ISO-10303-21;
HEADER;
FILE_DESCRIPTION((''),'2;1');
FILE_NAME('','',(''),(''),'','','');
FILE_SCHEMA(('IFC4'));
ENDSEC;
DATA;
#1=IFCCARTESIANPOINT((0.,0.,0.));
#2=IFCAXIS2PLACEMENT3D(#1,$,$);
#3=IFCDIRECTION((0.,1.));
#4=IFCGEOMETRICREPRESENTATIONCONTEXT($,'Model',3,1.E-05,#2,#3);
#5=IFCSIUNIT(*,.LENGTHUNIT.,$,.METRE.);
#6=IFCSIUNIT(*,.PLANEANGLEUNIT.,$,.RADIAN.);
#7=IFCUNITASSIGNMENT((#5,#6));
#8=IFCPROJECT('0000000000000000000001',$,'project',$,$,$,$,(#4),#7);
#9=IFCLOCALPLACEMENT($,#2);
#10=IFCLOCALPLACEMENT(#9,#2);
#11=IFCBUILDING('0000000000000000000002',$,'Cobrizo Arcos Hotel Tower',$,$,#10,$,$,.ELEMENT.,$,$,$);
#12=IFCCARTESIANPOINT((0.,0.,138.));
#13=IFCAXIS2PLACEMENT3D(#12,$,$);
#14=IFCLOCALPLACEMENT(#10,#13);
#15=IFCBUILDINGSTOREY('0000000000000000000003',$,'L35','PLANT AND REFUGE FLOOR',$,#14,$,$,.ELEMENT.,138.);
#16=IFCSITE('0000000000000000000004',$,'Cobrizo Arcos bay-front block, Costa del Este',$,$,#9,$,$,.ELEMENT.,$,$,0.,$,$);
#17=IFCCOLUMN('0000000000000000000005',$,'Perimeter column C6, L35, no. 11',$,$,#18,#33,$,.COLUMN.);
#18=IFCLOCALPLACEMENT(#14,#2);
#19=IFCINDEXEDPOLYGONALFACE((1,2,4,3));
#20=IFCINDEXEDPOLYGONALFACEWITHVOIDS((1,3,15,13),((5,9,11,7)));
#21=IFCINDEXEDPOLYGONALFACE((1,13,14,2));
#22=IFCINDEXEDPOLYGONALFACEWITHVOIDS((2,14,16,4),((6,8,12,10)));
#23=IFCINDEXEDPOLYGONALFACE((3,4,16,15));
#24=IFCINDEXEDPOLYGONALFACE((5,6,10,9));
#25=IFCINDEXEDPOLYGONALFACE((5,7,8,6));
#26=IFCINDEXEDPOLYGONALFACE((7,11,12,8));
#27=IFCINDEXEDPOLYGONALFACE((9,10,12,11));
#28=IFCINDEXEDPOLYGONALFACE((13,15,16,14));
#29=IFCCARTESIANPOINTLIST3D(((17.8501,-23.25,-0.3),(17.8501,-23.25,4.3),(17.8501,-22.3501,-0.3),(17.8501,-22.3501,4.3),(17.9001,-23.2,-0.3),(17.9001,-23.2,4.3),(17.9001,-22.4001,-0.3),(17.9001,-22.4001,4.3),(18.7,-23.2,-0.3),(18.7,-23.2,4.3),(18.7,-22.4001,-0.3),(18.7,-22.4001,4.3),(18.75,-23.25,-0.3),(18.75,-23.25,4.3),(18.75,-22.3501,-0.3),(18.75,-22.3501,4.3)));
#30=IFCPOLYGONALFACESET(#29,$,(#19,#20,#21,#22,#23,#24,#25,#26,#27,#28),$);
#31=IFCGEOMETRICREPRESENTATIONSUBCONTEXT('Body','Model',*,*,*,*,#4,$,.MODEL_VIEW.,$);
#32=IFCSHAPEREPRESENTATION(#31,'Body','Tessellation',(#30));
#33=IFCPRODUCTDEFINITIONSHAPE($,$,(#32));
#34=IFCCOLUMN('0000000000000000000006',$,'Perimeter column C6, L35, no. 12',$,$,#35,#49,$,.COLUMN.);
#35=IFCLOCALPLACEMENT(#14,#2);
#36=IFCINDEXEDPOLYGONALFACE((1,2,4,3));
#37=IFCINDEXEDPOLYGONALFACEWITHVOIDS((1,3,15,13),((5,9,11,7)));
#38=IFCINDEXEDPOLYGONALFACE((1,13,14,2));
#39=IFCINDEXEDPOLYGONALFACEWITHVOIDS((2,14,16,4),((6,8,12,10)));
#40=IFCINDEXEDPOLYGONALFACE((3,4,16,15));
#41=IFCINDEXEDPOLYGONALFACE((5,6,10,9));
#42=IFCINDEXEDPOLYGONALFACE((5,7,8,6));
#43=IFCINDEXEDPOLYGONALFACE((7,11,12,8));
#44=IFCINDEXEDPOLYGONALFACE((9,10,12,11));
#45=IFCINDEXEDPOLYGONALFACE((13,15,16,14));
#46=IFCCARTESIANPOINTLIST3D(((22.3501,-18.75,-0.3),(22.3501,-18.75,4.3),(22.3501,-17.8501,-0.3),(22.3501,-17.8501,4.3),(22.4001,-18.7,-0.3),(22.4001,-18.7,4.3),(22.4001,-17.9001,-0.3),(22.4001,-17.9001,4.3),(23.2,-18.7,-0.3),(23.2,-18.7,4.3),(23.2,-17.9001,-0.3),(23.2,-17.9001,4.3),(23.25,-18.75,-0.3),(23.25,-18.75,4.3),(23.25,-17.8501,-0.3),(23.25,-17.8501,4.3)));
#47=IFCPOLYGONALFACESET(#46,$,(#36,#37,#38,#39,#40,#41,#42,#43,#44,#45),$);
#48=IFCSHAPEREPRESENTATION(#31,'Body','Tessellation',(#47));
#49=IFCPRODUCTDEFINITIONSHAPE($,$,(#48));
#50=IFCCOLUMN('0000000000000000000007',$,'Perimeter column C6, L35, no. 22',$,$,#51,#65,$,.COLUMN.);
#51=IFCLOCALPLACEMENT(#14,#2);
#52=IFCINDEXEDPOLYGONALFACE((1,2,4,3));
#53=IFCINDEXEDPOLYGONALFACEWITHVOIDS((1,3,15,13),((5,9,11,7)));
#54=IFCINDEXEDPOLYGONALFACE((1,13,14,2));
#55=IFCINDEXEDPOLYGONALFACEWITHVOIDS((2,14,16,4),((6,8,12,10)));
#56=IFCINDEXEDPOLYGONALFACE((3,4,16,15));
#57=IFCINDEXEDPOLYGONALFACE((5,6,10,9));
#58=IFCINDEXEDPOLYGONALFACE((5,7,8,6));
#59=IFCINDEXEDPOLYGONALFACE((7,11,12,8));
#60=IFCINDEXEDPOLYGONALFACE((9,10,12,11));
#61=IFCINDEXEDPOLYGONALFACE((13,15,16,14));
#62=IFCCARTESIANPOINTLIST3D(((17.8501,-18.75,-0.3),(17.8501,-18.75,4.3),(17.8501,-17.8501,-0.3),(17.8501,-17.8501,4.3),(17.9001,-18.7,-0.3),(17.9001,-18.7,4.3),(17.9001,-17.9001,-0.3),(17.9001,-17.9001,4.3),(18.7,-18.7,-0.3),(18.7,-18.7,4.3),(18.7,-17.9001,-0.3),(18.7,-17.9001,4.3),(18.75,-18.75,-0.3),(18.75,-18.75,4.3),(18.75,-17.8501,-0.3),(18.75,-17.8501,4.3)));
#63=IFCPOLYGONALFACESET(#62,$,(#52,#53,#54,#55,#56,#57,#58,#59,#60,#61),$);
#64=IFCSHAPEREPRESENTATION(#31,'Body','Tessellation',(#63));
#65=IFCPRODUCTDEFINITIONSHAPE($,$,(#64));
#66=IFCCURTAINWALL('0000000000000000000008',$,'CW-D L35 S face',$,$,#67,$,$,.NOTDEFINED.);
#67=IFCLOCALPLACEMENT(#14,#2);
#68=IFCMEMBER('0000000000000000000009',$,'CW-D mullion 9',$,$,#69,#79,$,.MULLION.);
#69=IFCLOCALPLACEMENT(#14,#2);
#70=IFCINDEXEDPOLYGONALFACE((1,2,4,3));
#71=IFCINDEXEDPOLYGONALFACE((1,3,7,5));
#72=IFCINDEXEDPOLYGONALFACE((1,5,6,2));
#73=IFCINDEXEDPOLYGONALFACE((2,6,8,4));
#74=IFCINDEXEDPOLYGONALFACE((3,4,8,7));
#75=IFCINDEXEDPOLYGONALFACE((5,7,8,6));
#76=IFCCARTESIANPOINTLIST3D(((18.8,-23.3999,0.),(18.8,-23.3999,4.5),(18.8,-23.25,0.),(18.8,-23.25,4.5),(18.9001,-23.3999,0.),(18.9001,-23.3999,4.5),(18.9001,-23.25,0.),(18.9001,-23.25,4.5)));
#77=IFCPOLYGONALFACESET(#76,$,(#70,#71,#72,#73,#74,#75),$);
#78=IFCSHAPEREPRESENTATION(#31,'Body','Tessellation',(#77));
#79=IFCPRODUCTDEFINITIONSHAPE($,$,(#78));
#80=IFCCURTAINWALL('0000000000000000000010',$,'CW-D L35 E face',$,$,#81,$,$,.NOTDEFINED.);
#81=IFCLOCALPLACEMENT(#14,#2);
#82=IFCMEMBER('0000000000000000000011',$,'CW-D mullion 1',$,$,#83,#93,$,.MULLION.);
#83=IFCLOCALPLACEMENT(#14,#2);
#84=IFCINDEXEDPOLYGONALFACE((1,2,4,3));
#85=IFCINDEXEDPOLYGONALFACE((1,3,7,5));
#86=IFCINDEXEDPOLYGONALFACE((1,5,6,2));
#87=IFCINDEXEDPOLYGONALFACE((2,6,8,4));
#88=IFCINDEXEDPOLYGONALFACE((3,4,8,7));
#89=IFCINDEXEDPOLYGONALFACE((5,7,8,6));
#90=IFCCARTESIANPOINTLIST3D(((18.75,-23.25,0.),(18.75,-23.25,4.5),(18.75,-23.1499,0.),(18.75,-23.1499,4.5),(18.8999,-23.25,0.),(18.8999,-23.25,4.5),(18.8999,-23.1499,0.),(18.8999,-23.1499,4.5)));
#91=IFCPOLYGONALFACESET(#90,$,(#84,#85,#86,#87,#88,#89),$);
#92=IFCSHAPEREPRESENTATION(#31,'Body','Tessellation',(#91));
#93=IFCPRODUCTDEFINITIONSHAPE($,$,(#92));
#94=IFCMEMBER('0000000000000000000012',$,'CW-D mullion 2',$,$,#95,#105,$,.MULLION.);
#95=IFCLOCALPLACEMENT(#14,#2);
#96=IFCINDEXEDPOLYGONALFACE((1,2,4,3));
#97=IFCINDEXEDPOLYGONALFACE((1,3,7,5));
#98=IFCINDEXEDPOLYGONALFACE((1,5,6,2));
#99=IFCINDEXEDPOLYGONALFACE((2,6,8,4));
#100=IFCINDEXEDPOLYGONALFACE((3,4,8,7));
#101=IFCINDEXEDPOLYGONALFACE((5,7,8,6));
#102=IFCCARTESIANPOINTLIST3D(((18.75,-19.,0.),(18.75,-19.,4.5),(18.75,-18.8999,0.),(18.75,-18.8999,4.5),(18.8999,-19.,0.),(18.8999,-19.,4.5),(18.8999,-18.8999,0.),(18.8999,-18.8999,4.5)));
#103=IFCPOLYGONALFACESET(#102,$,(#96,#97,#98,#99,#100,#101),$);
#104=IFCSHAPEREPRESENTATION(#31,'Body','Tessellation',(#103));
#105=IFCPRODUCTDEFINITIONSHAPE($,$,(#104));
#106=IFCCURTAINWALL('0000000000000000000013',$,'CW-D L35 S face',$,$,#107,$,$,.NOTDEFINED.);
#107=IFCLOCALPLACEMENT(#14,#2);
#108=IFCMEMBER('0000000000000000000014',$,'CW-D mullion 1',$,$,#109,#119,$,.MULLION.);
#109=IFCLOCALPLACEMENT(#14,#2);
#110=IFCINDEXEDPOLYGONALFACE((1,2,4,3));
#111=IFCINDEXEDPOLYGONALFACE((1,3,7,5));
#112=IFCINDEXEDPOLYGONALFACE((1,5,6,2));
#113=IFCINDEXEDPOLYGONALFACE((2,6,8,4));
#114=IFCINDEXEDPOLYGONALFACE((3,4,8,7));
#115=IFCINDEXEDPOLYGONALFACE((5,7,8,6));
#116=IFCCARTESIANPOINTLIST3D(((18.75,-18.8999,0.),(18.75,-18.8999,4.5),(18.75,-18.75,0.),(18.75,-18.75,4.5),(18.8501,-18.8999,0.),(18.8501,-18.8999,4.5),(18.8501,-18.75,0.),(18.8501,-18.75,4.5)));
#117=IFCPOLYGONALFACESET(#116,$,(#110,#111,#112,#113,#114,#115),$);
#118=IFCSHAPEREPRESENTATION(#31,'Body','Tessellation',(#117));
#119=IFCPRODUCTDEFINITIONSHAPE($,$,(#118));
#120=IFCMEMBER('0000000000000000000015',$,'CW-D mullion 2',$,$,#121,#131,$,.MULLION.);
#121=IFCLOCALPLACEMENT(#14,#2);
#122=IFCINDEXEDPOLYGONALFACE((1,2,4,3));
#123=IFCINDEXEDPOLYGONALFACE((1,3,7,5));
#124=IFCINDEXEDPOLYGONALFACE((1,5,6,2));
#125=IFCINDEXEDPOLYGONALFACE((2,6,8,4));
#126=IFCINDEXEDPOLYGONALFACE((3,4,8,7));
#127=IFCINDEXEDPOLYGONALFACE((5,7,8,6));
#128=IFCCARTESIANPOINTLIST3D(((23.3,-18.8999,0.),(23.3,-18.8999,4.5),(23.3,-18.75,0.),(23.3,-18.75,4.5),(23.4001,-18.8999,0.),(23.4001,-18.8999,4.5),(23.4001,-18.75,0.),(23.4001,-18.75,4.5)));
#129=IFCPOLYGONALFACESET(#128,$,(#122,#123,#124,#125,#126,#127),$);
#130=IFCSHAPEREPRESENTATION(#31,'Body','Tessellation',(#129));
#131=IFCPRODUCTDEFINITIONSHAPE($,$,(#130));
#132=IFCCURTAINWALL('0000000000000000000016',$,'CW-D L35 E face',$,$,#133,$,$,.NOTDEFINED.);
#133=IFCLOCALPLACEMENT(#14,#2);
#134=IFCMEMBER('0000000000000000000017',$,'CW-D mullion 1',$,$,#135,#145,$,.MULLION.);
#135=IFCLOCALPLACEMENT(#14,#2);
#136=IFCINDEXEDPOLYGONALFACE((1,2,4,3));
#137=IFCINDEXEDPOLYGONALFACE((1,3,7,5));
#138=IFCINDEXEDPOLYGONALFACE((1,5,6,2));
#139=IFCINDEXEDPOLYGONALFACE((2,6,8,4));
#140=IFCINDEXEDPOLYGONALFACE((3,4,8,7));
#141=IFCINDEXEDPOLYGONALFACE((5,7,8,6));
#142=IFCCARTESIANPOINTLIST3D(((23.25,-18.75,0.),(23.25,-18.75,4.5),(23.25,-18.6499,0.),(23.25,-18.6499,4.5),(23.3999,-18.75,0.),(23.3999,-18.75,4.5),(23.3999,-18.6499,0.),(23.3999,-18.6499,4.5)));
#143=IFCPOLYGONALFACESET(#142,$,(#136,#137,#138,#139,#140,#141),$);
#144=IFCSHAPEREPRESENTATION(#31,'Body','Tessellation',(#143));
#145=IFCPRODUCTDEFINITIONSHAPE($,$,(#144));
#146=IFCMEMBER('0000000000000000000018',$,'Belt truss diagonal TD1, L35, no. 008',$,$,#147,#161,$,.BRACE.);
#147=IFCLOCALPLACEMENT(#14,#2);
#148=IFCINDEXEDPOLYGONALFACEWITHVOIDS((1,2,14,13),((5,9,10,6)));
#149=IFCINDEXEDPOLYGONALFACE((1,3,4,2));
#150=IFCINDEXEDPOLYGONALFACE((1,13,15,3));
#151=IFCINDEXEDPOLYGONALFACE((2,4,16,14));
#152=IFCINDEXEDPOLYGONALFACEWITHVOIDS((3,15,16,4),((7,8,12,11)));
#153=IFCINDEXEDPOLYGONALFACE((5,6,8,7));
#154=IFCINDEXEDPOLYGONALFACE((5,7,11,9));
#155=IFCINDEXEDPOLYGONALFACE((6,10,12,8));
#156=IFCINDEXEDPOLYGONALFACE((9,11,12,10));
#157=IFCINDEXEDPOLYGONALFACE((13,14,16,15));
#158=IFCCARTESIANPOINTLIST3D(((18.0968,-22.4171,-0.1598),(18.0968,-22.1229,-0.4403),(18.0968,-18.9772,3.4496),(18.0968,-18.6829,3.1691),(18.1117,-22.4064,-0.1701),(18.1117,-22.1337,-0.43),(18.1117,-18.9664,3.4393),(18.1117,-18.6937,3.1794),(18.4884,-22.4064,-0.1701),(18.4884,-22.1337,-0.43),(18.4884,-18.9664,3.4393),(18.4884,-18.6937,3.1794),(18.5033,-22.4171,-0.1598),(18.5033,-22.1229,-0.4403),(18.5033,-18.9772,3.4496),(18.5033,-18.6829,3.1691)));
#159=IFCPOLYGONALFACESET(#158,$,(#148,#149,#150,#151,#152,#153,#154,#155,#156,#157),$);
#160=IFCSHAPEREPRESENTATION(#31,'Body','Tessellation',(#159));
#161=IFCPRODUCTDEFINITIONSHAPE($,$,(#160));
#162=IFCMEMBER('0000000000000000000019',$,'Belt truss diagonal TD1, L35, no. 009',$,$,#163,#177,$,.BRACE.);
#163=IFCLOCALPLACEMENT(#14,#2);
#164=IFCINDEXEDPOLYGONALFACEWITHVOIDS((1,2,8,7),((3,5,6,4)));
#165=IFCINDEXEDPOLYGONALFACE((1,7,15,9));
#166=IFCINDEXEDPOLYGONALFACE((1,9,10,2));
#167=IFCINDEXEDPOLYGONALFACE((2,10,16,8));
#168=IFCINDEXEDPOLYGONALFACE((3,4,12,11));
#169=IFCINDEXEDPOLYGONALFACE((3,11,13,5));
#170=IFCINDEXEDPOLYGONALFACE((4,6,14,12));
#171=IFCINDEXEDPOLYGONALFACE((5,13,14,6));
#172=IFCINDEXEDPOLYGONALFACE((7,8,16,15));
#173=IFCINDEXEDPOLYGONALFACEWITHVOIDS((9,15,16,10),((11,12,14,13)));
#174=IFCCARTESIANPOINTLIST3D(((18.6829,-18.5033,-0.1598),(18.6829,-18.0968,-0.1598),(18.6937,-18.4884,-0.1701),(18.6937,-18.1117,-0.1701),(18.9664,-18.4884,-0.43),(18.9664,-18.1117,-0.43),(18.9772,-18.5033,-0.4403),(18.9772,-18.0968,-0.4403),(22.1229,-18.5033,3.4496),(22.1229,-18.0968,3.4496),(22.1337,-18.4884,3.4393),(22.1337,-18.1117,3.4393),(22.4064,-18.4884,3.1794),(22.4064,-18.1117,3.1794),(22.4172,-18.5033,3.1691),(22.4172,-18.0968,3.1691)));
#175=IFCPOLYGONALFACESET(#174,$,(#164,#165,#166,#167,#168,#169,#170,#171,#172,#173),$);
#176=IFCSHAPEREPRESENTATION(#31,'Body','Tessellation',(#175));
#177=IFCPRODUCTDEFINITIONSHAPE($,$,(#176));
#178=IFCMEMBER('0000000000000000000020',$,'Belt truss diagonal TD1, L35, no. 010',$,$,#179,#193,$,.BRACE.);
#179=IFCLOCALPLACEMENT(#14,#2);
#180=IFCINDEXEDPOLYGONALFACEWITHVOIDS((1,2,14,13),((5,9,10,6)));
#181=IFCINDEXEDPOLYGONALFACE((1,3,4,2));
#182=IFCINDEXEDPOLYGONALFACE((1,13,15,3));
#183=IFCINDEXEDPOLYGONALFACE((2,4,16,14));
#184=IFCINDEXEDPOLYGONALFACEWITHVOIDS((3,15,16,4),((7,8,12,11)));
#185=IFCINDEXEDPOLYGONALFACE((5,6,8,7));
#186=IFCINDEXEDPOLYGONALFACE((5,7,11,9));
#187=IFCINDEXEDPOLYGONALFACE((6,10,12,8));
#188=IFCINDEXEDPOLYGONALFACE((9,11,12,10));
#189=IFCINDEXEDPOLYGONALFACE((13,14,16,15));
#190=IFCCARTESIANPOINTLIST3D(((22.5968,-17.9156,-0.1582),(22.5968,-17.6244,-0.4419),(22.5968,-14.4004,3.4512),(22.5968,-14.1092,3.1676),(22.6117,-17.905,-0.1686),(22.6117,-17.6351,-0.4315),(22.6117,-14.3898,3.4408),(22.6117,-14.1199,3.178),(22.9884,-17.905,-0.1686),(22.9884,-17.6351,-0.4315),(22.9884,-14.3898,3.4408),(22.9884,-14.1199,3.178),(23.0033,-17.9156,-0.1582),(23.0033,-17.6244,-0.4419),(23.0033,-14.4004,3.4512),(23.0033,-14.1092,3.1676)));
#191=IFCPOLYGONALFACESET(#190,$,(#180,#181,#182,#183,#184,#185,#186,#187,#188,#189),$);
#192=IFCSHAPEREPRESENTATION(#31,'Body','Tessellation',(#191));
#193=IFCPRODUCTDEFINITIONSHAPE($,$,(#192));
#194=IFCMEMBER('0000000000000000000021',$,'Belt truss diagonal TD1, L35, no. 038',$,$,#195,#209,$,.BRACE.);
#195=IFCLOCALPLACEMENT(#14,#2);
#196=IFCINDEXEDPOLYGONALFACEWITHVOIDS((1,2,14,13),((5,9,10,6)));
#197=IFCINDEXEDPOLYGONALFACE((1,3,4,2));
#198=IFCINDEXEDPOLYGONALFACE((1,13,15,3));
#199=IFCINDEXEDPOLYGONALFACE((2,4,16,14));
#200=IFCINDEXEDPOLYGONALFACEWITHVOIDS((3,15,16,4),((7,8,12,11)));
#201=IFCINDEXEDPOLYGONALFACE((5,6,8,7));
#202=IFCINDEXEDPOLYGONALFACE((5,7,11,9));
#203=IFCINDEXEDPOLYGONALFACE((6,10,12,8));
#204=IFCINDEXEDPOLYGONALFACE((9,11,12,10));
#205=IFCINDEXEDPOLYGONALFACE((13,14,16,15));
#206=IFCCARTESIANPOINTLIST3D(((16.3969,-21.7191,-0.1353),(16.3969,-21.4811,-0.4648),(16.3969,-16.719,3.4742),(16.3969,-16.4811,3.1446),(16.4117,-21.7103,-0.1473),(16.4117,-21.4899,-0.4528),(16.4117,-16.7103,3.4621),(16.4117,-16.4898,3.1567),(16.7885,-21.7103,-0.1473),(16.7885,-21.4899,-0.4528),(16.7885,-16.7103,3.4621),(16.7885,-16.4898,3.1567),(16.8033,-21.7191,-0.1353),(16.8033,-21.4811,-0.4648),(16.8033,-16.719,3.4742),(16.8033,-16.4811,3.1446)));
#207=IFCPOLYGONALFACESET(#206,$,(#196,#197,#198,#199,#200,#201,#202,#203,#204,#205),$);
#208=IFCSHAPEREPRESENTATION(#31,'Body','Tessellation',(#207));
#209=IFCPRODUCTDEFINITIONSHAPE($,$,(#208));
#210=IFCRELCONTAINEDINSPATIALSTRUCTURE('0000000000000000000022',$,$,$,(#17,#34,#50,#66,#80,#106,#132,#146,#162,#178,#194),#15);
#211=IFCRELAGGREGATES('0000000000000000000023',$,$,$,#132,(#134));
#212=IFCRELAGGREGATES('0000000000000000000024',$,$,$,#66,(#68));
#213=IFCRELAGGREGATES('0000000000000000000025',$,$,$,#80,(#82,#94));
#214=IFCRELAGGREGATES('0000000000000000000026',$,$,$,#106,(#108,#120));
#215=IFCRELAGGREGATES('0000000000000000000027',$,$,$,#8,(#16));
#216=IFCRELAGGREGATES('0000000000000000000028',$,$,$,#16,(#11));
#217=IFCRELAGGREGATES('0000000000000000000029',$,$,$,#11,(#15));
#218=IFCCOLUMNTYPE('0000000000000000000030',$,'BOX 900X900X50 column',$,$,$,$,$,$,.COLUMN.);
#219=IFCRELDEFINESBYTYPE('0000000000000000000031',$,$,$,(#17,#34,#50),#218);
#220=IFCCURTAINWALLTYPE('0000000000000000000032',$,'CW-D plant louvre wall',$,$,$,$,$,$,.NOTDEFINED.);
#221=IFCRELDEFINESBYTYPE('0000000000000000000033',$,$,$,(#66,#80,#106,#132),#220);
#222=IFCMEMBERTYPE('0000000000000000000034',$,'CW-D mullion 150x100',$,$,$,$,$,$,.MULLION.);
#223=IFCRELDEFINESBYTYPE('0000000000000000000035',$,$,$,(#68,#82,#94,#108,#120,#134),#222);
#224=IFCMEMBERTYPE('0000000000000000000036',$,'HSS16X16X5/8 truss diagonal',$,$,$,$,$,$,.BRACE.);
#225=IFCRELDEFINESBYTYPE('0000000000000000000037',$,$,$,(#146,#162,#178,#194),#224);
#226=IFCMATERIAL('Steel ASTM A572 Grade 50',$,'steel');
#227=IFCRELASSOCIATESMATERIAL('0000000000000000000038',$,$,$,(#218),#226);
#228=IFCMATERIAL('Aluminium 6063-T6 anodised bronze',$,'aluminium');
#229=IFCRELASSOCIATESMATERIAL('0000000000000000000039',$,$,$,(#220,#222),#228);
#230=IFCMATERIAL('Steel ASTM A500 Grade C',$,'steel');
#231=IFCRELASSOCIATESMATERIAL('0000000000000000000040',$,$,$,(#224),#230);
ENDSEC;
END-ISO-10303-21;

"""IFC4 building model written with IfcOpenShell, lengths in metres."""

from ifc_helpers import new_model, si_unit, direction, frame, origin, origin_2d, place, context, subcontext, project, spatial, rectangle, hollow_rectangle, extrude, material, material_profile, profile_set, type_object, element, aggregate, save


model = new_model("IFC4")

# Units and contexts
model_context = context("Model", 3, precision=1e-05, world=origin(), true_north=direction((0.0, 1.0)))
body_context = subcontext(model_context, "Body", "Model", "MODEL_VIEW")
ifc_project = project(units=[si_unit("LENGTHUNIT", "METRE"), si_unit("PLANEANGLEUNIT", "RADIAN")], contexts=[model_context])

# Site, building, storey
site_placement = place(None, origin())
site = spatial("IfcSite", under=ifc_project, at=site_placement, Name="Cobrizo Arcos bay-front block, Costa del Este", CompositionType="ELEMENT", RefElevation=0.0)
building_placement = place(site_placement, origin())
building = spatial("IfcBuilding", under=site, at=building_placement, Name="Cobrizo Arcos Hotel Tower", CompositionType="ELEMENT")
storey_placement = place(building_placement, frame((0.0, 0.0, 138.0)))
storey = spatial("IfcBuildingStorey", under=building, at=storey_placement, Name="L35", Description="PLANT AND REFUGE FLOOR", CompositionType="ELEMENT", Elevation=138.0)

# Columns
ifc_material_1 = material(Name="Steel ASTM A572 Grade 50", Category="steel")
ifc_material_profile_1 = material_profile(ifc_material_1, hollow_rectangle(XDim=0.8999, YDim=0.8999, WallThickness=0.05, at=origin_2d()), Name="BOX 900X900X50")
ifc_profile_set_1 = profile_set([ifc_material_profile_1], Name="Steel ASTM A572 Grade 50")
column_type = type_object("IfcColumnType", Name="BOX 900X900X50 column", PredefinedType="COLUMN", material=ifc_profile_set_1)
for number, where, z_axis, x_axis, name in (
    (1, (18.3, -22.8, -0.3), (0.0, 0.0, 1.0), (1.0, 0.0, 0.0), "Perimeter column C6, L35, no. 11"),
    (2, (22.8, -18.3, -0.3), (0.0, 0.0, 1.0), (1.0, 0.0, 0.0), "Perimeter column C6, L35, no. 12"),
    (3, (18.3, -18.3, -0.3), (0.0, 0.0, 1.0), (1.0, 0.0, 0.0), "Perimeter column C6, L35, no. 22"),
):
    element("IfcColumn", number, at=place(storey_placement, frame(where, z_axis=z_axis, x_axis=x_axis)), inside=storey, type_object=column_type, Name=name, PredefinedType="COLUMN", context=body_context, shape_type="SweptSolid", body=[
        extrude(hollow_rectangle(XDim=0.8999, YDim=0.8999, WallThickness=0.05, at=origin_2d()), origin(), (0.0, 0.0, 1.0), 4.6001),
    ])

# Curtain wall, member
ifc_material_2 = material(Name="Aluminium 6063-T6 anodised bronze", Category="aluminium")
curtain_wall_type = type_object("IfcCurtainWallType", Name="CW-D plant louvre wall", PredefinedType="NOTDEFINED", material=ifc_material_2)
curtain_wall_1_placement = place(storey_placement, origin())
curtain_wall_1 = element("IfcCurtainWall", 4, at=curtain_wall_1_placement, inside=storey, type_object=curtain_wall_type, Name="CW-D L35 S face", PredefinedType="NOTDEFINED")
ifc_material_profile_2 = material_profile(ifc_material_2, rectangle(XDim=0.1499, YDim=0.1001, at=origin_2d()), Name="CW-D mullion 150x100")
ifc_profile_set_2 = profile_set([ifc_material_profile_2], Name="Aluminium 6063-T6 anodised bronze")
member_type_1 = type_object("IfcMemberType", Name="CW-D mullion 150x100", PredefinedType="MULLION", material=ifc_profile_set_2)
member_1_placement = place(storey_placement, frame((18.8501, -23.325, 0.0), z_axis=(0.0, 0.0, 1.0), x_axis=(0.0, -1.0, 0.0)))
member_1 = element("IfcMember", 5, at=member_1_placement, type_object=member_type_1, Name="CW-D mullion 9", PredefinedType="MULLION", context=body_context, shape_type="SweptSolid", body=[
    extrude(rectangle(XDim=0.1499, YDim=0.1001, at=origin_2d()), origin(), (0.0, 0.0, 1.0), 4.5),
])

# Curtain walls, members
curtain_wall_2_placement = place(storey_placement, origin())
curtain_wall_2 = element("IfcCurtainWall", 6, at=curtain_wall_2_placement, inside=storey, type_object=curtain_wall_type, Name="CW-D L35 E face", PredefinedType="NOTDEFINED")
member_2_placement = place(storey_placement, frame((18.825, -23.2, 0.0), z_axis=(0.0, 0.0, 1.0), x_axis=(1.0, 0.0, 0.0)))
member_2 = element("IfcMember", 7, at=member_2_placement, type_object=member_type_1, Name="CW-D mullion 1", PredefinedType="MULLION", context=body_context, shape_type="SweptSolid", body=[
    extrude(rectangle(XDim=0.1499, YDim=0.1001, at=origin_2d()), origin(), (0.0, 0.0, 1.0), 4.5),
])
member_3_placement = place(storey_placement, frame((18.825, -18.95, 0.0), z_axis=(0.0, 0.0, 1.0), x_axis=(1.0, 0.0, 0.0)))
member_3 = element("IfcMember", 8, at=member_3_placement, type_object=member_type_1, Name="CW-D mullion 2", PredefinedType="MULLION", context=body_context, shape_type="SweptSolid", body=[
    extrude(rectangle(XDim=0.1499, YDim=0.1001, at=origin_2d()), origin(), (0.0, 0.0, 1.0), 4.5),
])
curtain_wall_3_placement = place(storey_placement, origin())
curtain_wall_3 = element("IfcCurtainWall", 9, at=curtain_wall_3_placement, inside=storey, type_object=curtain_wall_type, Name="CW-D L35 S face", PredefinedType="NOTDEFINED")
member_4_placement = place(storey_placement, frame((18.8, -18.825, 0.0), z_axis=(0.0, 0.0, 1.0), x_axis=(0.0, -1.0, 0.0)))
member_4 = element("IfcMember", 10, at=member_4_placement, type_object=member_type_1, Name="CW-D mullion 1", PredefinedType="MULLION", context=body_context, shape_type="SweptSolid", body=[
    extrude(rectangle(XDim=0.1499, YDim=0.1001, at=origin_2d()), origin(), (0.0, 0.0, 1.0), 4.5),
])
member_5_placement = place(storey_placement, frame((23.3501, -18.825, 0.0), z_axis=(0.0, 0.0, 1.0), x_axis=(0.0, -1.0, 0.0)))
member_5 = element("IfcMember", 11, at=member_5_placement, type_object=member_type_1, Name="CW-D mullion 2", PredefinedType="MULLION", context=body_context, shape_type="SweptSolid", body=[
    extrude(rectangle(XDim=0.1499, YDim=0.1001, at=origin_2d()), origin(), (0.0, 0.0, 1.0), 4.5),
])

# Curtain wall, member
curtain_wall_4_placement = place(storey_placement, origin())
curtain_wall_4 = element("IfcCurtainWall", 12, at=curtain_wall_4_placement, inside=storey, type_object=curtain_wall_type, Name="CW-D L35 E face", PredefinedType="NOTDEFINED")
member_6_placement = place(storey_placement, frame((23.325, -18.7, 0.0), z_axis=(0.0, 0.0, 1.0), x_axis=(1.0, 0.0, 0.0)))
member_6 = element("IfcMember", 13, at=member_6_placement, type_object=member_type_1, Name="CW-D mullion 1", PredefinedType="MULLION", context=body_context, shape_type="SweptSolid", body=[
    extrude(rectangle(XDim=0.1499, YDim=0.1001, at=origin_2d()), origin(), (0.0, 0.0, 1.0), 4.5),
])
aggregate(curtain_wall_4, [member_6])

# Members
ifc_material_3 = material(Name="Steel ASTM A500 Grade C", Category="steel")
ifc_material_profile_3 = material_profile(ifc_material_3, hollow_rectangle(XDim=0.4065, YDim=0.4065, WallThickness=0.0149, at=origin_2d()), Name="HSS16X16X5/8")
ifc_profile_set_3 = profile_set([ifc_material_profile_3], Name="Steel ASTM A500 Grade C")
member_type_2 = type_object("IfcMemberType", Name="HSS16X16X5/8 truss diagonal", PredefinedType="BRACE", material=ifc_profile_set_3)
for number, where, z_axis, x_axis, name in (
    (14, (18.3, -22.27, -0.3), (0.0, 0.689912, 0.723893), (-1.0, 0.0, 0.0), "Belt truss diagonal TD1, L35, no. 008"),
    (15, (18.8301, -18.3, -0.3), (0.689912, 0.0, 0.723893), (0.0, 1.0, 0.0), "Belt truss diagonal TD1, L35, no. 009"),
):
    element("IfcMember", number, at=place(storey_placement, frame(where, z_axis=z_axis, x_axis=x_axis)), inside=storey, type_object=member_type_2, Name=name, PredefinedType="BRACE", context=body_context, shape_type="SweptSolid", body=[
        extrude(hollow_rectangle(XDim=0.4065, YDim=0.4065, WallThickness=0.0149, at=origin_2d()), origin(), (0.0, 0.0, 1.0), 4.9861),
    ])
member_7_placement = place(storey_placement, frame((22.8, -17.77, -0.3), z_axis=(0.0, 0.697693, 0.716397), x_axis=(-1.0, 0.0, 0.0)))
element("IfcMember", 16, at=member_7_placement, inside=storey, type_object=member_type_2, Name="Belt truss diagonal TD1, L35, no. 010", PredefinedType="BRACE", context=body_context, shape_type="SweptSolid", body=[
    extrude(hollow_rectangle(XDim=0.4065, YDim=0.4065, WallThickness=0.0149, at=origin_2d()), origin(), (0.0, 0.0, 1.0), 5.0383),
])
member_8_placement = place(storey_placement, frame((16.6001, -21.6001, -0.3), z_axis=(0.0, 0.810813, 0.585306), x_axis=(-1.0, 0.0, 0.0)))
element("IfcMember", 17, at=member_8_placement, inside=storey, type_object=member_type_2, Name="Belt truss diagonal TD1, L35, no. 038", PredefinedType="BRACE", context=body_context, shape_type="SweptSolid", body=[
    extrude(hollow_rectangle(XDim=0.4065, YDim=0.4065, WallThickness=0.0149, at=origin_2d()), origin(), (0.0, 0.0, 1.0), 6.1667),
])

aggregate(curtain_wall_1, [member_1])
aggregate(curtain_wall_2, [member_2, member_3])
aggregate(curtain_wall_3, [member_4, member_5])

save(model, "model.ifc")
